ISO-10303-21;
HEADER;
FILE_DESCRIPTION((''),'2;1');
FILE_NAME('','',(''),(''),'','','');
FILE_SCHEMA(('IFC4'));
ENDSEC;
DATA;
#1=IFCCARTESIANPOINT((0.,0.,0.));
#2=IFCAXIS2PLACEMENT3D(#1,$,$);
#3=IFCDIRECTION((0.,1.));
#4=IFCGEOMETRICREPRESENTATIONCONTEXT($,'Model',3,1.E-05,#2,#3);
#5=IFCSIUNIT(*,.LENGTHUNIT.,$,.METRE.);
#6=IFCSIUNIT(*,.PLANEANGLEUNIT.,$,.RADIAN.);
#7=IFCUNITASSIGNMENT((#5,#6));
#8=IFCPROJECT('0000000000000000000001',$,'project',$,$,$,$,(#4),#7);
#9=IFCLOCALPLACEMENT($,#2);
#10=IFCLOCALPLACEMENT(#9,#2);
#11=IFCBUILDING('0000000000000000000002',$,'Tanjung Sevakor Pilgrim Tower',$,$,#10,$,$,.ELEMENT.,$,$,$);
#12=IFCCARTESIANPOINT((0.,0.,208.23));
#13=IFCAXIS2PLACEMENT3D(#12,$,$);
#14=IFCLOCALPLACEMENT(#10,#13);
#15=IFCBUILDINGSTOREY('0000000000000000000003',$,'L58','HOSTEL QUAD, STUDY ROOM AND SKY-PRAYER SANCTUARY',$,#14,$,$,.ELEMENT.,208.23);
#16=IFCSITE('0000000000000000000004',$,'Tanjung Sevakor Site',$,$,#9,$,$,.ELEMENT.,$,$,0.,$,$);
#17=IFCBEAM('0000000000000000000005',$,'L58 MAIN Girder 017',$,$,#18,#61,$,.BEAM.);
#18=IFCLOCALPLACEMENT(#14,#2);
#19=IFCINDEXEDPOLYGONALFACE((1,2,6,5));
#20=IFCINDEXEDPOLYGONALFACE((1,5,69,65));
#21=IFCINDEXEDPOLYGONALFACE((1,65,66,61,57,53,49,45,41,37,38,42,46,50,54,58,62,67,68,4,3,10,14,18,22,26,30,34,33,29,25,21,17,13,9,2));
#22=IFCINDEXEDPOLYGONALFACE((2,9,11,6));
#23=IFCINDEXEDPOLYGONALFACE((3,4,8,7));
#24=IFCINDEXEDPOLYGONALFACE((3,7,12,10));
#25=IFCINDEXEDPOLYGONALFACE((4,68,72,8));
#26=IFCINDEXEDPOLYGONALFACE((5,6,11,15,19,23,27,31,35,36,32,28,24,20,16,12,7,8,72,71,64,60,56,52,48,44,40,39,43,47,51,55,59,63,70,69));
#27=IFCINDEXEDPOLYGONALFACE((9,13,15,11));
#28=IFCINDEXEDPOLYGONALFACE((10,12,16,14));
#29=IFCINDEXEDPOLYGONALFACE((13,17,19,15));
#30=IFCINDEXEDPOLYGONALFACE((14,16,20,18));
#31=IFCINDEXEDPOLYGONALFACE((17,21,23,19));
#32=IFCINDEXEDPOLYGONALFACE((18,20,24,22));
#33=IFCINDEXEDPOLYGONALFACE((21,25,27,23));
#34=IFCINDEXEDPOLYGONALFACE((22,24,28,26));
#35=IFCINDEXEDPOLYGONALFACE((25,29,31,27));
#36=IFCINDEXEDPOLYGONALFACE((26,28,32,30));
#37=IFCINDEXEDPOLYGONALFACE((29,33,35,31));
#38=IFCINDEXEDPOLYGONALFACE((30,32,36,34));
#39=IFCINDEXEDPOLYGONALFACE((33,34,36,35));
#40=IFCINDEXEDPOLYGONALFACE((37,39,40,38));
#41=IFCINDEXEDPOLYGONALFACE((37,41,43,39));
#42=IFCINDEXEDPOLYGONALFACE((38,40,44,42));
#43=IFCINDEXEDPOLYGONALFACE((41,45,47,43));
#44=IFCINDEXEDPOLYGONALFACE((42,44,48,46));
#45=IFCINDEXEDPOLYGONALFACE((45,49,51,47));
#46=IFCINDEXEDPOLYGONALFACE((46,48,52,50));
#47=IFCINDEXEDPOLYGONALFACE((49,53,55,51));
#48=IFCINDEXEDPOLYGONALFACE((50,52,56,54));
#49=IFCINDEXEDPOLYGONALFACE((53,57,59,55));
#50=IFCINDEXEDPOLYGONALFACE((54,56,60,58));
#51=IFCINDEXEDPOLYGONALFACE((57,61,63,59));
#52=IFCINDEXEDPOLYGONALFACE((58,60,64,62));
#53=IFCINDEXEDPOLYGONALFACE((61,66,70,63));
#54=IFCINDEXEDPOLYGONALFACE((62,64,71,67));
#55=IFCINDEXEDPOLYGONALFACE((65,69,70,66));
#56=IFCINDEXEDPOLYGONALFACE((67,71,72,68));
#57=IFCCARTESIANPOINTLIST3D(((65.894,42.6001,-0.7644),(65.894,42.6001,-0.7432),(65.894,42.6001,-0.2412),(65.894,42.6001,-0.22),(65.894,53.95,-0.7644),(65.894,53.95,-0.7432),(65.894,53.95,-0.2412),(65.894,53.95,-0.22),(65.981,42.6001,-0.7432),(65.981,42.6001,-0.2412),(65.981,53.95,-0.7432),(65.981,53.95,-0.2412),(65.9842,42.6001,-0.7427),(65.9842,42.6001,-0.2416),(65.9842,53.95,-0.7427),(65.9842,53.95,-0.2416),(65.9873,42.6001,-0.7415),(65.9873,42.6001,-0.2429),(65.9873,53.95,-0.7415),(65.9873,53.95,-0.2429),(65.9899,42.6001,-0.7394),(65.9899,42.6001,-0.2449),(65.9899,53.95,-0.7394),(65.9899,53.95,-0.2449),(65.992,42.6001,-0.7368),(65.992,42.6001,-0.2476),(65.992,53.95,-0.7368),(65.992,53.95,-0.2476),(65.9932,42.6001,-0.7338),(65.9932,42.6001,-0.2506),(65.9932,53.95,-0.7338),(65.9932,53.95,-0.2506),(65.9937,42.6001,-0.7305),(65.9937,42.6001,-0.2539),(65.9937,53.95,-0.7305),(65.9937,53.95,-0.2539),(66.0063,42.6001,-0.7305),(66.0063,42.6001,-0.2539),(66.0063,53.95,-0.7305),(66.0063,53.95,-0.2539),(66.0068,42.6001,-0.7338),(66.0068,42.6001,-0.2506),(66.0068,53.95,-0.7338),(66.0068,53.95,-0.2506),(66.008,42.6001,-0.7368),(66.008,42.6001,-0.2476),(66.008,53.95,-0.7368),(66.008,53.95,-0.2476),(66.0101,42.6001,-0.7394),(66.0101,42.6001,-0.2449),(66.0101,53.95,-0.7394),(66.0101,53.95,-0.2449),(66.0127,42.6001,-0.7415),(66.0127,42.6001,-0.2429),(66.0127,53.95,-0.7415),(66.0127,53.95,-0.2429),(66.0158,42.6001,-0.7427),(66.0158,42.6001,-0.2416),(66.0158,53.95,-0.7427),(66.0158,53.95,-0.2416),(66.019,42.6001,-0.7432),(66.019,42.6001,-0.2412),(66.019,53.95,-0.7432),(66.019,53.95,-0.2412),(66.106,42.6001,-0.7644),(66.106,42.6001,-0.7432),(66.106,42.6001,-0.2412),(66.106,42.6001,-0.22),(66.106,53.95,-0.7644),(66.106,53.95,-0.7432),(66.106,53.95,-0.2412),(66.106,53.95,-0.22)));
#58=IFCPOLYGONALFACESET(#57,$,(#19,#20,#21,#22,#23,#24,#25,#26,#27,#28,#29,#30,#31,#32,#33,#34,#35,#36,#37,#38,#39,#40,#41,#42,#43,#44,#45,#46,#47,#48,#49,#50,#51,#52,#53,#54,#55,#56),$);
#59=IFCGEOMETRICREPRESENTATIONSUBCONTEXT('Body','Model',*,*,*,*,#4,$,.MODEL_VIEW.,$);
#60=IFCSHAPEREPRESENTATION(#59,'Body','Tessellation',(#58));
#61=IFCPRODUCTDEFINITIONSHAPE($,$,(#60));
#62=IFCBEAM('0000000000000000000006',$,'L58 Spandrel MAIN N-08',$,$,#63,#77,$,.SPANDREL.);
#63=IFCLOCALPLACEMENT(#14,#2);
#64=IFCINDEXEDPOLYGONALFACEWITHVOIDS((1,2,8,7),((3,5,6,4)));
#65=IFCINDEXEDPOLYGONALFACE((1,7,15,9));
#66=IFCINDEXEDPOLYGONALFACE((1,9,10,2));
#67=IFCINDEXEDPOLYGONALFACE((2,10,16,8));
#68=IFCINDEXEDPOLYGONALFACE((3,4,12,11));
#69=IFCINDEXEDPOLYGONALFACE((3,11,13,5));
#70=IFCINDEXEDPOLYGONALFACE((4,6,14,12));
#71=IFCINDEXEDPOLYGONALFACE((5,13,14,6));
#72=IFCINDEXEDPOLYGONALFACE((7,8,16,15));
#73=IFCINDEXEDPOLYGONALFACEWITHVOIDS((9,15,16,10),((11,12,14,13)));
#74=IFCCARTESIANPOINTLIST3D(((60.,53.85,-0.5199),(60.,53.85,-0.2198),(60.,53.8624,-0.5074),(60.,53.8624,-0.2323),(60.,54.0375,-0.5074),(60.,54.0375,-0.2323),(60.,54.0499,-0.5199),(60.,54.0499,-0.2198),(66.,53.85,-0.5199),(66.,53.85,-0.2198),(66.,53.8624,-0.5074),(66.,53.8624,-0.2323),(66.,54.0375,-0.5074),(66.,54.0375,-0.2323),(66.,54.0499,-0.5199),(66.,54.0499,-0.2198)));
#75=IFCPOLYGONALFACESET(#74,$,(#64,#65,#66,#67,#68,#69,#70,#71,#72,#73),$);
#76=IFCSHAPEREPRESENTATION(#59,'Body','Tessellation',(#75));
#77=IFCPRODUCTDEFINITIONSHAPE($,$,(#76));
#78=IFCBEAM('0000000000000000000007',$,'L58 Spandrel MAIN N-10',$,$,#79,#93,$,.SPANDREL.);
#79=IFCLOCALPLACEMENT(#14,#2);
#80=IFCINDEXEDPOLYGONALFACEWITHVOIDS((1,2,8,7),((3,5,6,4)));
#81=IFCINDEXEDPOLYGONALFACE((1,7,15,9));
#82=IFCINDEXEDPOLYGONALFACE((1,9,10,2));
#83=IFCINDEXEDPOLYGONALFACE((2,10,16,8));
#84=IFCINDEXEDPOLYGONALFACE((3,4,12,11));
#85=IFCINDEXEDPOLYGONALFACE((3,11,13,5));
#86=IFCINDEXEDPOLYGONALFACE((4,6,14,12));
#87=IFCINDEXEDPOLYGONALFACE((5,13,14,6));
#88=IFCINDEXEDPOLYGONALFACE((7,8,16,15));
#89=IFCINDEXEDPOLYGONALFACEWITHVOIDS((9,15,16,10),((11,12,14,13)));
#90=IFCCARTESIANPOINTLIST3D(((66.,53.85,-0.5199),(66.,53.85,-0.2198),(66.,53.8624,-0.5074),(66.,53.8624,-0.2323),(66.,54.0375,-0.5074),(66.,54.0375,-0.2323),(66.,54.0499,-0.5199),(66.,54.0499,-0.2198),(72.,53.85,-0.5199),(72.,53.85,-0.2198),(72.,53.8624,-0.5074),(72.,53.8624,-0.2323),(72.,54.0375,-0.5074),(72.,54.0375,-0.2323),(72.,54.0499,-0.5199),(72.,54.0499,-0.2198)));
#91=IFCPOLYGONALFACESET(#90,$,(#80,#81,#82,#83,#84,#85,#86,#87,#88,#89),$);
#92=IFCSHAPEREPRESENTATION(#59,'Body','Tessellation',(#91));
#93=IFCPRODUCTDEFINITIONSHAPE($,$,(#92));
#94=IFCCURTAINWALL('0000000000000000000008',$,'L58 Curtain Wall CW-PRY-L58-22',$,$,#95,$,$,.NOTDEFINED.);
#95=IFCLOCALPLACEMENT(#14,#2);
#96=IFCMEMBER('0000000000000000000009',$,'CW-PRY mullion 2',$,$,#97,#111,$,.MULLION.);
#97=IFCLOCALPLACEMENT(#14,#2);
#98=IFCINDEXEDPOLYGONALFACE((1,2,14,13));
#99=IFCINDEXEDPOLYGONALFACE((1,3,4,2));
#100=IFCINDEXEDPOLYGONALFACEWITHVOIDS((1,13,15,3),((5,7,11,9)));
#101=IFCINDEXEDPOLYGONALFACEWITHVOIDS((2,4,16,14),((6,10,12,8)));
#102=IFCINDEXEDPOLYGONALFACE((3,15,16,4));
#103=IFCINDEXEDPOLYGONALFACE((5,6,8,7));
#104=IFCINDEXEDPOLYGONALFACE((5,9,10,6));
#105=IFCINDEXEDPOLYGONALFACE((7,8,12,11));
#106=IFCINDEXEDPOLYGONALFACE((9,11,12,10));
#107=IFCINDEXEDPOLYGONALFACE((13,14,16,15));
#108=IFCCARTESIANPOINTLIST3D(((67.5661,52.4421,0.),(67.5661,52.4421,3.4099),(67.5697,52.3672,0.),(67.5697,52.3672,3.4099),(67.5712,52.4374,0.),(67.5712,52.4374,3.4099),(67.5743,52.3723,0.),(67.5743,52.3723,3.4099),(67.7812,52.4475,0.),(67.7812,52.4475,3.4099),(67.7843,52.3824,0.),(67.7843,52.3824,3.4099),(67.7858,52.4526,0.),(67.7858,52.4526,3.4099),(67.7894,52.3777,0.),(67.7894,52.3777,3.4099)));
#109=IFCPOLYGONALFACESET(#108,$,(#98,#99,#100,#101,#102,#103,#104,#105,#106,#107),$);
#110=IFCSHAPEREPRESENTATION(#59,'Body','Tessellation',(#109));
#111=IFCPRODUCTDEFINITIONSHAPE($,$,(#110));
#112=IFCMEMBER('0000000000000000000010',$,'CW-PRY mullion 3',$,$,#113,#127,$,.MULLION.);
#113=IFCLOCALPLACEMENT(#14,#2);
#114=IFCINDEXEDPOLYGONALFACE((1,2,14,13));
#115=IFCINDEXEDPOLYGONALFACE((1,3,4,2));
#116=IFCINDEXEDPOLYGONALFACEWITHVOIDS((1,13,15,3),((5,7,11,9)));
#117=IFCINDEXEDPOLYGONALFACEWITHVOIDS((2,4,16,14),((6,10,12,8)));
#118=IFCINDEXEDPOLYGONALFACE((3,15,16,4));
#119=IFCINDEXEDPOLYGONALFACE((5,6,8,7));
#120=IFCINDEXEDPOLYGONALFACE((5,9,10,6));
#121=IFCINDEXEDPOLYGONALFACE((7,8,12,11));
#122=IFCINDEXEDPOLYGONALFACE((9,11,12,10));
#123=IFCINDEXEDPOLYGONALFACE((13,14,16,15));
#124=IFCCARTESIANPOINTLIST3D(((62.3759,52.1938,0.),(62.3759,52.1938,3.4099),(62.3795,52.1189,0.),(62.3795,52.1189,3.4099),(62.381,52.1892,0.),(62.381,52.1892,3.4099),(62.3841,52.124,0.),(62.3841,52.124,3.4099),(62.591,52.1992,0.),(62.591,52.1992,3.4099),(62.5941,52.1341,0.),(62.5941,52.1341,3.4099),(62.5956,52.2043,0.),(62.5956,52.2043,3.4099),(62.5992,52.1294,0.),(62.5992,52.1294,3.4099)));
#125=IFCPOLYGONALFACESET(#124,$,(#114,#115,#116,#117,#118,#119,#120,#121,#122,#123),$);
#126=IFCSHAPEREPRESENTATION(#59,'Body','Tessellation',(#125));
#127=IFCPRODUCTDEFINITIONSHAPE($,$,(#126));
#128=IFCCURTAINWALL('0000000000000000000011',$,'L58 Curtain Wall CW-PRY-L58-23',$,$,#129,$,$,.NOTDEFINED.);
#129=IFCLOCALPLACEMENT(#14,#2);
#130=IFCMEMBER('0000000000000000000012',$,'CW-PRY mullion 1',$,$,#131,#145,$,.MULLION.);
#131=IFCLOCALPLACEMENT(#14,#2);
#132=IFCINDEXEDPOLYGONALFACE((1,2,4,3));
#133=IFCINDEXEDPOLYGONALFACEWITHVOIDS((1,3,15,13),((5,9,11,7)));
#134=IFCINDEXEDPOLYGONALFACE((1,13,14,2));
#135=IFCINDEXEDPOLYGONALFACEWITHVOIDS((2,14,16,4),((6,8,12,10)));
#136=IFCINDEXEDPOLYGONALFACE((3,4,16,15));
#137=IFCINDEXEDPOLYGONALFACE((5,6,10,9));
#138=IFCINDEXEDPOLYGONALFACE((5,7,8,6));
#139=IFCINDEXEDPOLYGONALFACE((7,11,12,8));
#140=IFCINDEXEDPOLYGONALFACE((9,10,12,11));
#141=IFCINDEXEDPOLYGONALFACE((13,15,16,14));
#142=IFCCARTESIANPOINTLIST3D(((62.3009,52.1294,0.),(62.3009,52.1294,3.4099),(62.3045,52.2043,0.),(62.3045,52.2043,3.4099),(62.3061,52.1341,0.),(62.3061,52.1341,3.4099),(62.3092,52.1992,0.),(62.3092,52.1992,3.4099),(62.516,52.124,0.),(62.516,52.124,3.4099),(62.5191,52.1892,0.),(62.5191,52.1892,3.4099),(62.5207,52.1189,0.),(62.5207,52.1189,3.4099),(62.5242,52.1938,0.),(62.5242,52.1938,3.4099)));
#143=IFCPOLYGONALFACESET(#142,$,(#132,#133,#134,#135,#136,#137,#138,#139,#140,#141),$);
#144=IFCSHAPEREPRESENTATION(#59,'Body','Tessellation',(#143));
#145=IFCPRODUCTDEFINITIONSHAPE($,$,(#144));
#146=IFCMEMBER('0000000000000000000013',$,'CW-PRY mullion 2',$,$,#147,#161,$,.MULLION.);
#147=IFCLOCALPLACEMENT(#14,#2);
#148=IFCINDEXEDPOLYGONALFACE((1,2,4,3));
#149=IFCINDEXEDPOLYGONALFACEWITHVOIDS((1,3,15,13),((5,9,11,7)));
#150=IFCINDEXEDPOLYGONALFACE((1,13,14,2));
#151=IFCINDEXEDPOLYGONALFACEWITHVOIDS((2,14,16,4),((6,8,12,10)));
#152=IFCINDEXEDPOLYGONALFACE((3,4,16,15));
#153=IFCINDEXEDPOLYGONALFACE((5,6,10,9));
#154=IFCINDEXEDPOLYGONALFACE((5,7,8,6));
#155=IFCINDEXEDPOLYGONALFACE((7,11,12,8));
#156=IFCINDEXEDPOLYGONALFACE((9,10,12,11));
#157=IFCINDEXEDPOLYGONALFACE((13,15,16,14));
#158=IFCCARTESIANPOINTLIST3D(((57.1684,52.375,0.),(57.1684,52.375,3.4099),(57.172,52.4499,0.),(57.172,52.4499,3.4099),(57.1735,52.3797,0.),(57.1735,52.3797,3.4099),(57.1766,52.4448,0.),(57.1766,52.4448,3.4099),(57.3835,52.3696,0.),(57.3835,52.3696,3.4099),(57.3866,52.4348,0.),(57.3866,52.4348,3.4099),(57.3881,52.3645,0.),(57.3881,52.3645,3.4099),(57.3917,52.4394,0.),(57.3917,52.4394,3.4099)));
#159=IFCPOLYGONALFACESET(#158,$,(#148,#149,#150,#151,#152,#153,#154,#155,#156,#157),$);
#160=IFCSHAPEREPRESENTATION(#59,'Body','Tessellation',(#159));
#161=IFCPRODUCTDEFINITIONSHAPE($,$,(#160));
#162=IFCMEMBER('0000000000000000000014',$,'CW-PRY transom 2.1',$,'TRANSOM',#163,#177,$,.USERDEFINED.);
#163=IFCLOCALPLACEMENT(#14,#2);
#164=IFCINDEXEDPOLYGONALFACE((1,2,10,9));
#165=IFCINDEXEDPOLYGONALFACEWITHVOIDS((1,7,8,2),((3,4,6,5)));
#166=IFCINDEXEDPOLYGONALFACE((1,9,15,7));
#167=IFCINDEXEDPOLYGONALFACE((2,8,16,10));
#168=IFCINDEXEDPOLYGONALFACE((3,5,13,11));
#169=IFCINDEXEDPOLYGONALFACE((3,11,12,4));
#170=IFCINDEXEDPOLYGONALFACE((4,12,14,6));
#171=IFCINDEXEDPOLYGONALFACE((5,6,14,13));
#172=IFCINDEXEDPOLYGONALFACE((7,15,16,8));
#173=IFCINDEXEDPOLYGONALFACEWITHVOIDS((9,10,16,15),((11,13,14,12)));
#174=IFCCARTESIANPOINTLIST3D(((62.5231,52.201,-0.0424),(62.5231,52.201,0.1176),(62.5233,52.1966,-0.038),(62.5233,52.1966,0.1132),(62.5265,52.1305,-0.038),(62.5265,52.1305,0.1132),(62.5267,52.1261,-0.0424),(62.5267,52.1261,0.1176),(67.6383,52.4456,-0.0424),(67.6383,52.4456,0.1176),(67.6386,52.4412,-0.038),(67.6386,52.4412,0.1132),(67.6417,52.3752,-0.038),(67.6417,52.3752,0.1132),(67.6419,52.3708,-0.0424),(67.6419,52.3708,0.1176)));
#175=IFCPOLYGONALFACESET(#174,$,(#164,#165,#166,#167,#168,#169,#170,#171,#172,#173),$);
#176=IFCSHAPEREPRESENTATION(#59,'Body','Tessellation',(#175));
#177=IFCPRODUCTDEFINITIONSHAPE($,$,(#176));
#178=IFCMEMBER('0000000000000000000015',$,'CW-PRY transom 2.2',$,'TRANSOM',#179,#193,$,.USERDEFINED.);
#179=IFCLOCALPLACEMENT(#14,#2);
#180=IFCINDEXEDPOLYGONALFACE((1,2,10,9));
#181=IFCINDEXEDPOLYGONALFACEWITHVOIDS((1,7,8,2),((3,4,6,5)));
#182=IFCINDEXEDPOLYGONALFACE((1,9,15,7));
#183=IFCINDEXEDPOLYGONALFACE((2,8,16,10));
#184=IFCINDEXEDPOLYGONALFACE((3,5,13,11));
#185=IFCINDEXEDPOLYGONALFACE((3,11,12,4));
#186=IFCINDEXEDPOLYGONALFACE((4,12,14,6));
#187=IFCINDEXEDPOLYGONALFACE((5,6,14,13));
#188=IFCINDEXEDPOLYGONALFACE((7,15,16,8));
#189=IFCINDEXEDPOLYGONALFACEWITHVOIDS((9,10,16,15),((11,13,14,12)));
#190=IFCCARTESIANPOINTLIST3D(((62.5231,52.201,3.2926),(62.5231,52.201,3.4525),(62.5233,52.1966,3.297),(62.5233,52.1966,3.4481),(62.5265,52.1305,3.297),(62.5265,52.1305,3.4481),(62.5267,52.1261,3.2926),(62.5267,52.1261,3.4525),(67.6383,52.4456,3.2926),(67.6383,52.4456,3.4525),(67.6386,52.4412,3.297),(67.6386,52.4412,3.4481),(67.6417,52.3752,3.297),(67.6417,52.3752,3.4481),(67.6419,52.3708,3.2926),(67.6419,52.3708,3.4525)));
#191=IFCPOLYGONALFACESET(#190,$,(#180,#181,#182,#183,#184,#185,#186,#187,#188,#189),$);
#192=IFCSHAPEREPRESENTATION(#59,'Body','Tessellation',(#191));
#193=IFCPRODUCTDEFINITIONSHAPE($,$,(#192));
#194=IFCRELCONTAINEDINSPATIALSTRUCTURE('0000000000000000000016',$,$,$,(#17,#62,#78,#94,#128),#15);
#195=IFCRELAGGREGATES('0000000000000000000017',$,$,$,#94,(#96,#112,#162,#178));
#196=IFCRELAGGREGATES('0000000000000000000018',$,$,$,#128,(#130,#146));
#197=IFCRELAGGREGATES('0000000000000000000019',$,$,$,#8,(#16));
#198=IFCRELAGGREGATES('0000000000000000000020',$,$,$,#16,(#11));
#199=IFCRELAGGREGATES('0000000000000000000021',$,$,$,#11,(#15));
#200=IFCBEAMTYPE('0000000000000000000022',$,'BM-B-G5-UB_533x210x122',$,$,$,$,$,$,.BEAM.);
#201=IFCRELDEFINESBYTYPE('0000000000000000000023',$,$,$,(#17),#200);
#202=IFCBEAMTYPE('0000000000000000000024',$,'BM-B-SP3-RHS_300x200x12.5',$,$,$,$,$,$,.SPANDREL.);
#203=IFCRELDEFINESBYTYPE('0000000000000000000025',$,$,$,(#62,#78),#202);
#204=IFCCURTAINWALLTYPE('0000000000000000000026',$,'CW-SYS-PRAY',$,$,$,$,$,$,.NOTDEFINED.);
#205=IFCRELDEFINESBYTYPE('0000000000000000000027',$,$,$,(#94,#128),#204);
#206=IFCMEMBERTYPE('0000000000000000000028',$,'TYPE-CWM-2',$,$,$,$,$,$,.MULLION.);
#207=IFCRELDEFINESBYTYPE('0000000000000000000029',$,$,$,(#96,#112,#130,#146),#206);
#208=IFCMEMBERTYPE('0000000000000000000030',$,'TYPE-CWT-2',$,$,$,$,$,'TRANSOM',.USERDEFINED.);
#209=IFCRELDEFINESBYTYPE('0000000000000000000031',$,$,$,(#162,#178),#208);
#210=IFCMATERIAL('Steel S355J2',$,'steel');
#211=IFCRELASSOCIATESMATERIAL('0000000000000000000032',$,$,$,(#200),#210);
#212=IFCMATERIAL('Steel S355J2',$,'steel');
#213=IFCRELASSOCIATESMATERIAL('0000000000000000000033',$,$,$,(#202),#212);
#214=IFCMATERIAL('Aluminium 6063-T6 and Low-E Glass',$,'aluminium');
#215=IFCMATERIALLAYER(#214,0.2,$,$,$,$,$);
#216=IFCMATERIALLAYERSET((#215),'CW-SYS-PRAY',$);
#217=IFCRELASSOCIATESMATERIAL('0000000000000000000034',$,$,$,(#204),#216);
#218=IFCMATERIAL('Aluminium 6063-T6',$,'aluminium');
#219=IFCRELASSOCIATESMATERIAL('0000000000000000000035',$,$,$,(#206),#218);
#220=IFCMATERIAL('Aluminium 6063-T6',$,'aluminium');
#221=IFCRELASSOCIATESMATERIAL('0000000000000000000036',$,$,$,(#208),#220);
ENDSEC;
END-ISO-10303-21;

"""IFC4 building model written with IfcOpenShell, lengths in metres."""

from ifc_helpers import new_model, si_unit, direction, frame, origin, origin_2d, place, context, subcontext, project, spatial, hollow_rectangle, i_section, extrude, material, layer, layer_set, material_profile, profile_set, type_object, element, aggregate, save


model = new_model("IFC4")

# Units and contexts
model_context = context("Model", 3, precision=1e-05, world=origin(), true_north=direction((0.0, 1.0)))
body_context = subcontext(model_context, "Body", "Model", "MODEL_VIEW")
ifc_project = project(units=[si_unit("LENGTHUNIT", "METRE"), si_unit("PLANEANGLEUNIT", "RADIAN")], contexts=[model_context])

# Site, building, storey
site_placement = place(None, origin())
site = spatial("IfcSite", under=ifc_project, at=site_placement, Name="Tanjung Sevakor Site", CompositionType="ELEMENT", RefElevation=0.0)
building_placement = place(site_placement, origin())
building = spatial("IfcBuilding", under=site, at=building_placement, Name="Tanjung Sevakor Pilgrim Tower", CompositionType="ELEMENT")
storey_placement = place(building_placement, frame((0.0, 0.0, 208.23)))
storey = spatial("IfcBuildingStorey", under=building, at=storey_placement, Name="L58", Description="HOSTEL QUAD, STUDY ROOM AND SKY-PRAYER SANCTUARY", CompositionType="ELEMENT", Elevation=208.23)

# Beams
ifc_material_1 = material(Name="Steel S355J2", Category="steel")
ifc_material_profile_1 = material_profile(ifc_material_1, i_section(OverallWidth=0.2119, OverallDepth=0.5444, WebThickness=0.0127, FlangeThickness=0.0212, FilletRadius=0.0127, at=origin_2d()))
ifc_profile_set_1 = profile_set([ifc_material_profile_1], Name="Steel S355J2")
beam_type_1 = type_object("IfcBeamType", Name="BM-B-G5-UB_533x210x122", PredefinedType="BEAM", material=ifc_profile_set_1)
for number, where, z_axis, x_axis, name in (
    (1, (66.0, 42.6001, -0.4922), (0.0, 1.0, 0.0), (-1.0, 0.0, 0.0), "L58 MAIN Girder 017"),
):
    element("IfcBeam", number, at=place(storey_placement, frame(where, z_axis=z_axis, x_axis=x_axis)), inside=storey, type_object=beam_type_1, Name=name, PredefinedType="BEAM", context=body_context, shape_type="SweptSolid", body=[
        extrude(i_section(OverallWidth=0.2119, OverallDepth=0.5444, WebThickness=0.0127, FlangeThickness=0.0212, FilletRadius=0.0127, at=origin_2d()), origin(), (0.0, 0.0, 1.0), 11.3499),
    ])
ifc_material_2 = material(Name="Steel S355J2", Category="steel")
ifc_material_profile_2 = material_profile(ifc_material_2, hollow_rectangle(XDim=0.2, YDim=0.3, WallThickness=0.0125, at=origin_2d()))
ifc_profile_set_2 = profile_set([ifc_material_profile_2], Name="Steel S355J2")
beam_type_2 = type_object("IfcBeamType", Name="BM-B-SP3-RHS_300x200x12.5", PredefinedType="SPANDREL", material=ifc_profile_set_2)
for number, where, z_axis, x_axis, name in (
    (2, (60.0, 53.95, -0.3699), (1.0, 0.0, 0.0), (0.0, 1.0, 0.0), "L58 Spandrel MAIN N-08"),
    (3, (66.0, 53.95, -0.3699), (1.0, 0.0, 0.0), (0.0, 1.0, 0.0), "L58 Spandrel MAIN N-10"),
):
    element("IfcBeam", number, at=place(storey_placement, frame(where, z_axis=z_axis, x_axis=x_axis)), inside=storey, type_object=beam_type_2, Name=name, PredefinedType="SPANDREL", context=body_context, shape_type="SweptSolid", body=[
        extrude(hollow_rectangle(XDim=0.2, YDim=0.3, WallThickness=0.0125, at=origin_2d()), origin(), (0.0, 0.0, 1.0), 6.0),
    ])

# Curtain walls, members
ifc_material_3 = material(Name="Aluminium 6063-T6 and Low-E Glass", Category="aluminium")
ifc_layer_1 = layer(ifc_material_3, 0.2)
ifc_layer_set_1 = layer_set([ifc_layer_1], Name="CW-SYS-PRAY")
curtain_wall_type = type_object("IfcCurtainWallType", Name="CW-SYS-PRAY", PredefinedType="NOTDEFINED", material=ifc_layer_set_1)
curtain_wall_1_placement = place(storey_placement, origin())
curtain_wall_1 = element("IfcCurtainWall", 4, at=curtain_wall_1_placement, inside=storey, type_object=curtain_wall_type, Name="L58 Curtain Wall CW-PRY-L58-22", PredefinedType="NOTDEFINED")
ifc_material_4 = material(Name="Aluminium 6063-T6", Category="aluminium")
ifc_material_profile_3 = material_profile(ifc_material_4, hollow_rectangle(XDim=0.075, YDim=0.22, WallThickness=0.0049, at=origin_2d()))
ifc_profile_set_3 = profile_set([ifc_material_profile_3], Name="Aluminium 6063-T6")
member_type_1 = type_object("IfcMemberType", Name="TYPE-CWM-2", PredefinedType="MULLION", material=ifc_profile_set_3)
member_1_placement = place(storey_placement, frame((67.6777, 52.4099, 0.0), z_axis=(0.0, 0.0, 1.0), x_axis=(0.047787, -0.998858, 0.0)))
member_1 = element("IfcMember", 5, at=member_1_placement, type_object=member_type_1, Name="CW-PRY mullion 2", PredefinedType="MULLION", context=body_context, shape_type="SweptSolid", body=[
    extrude(hollow_rectangle(XDim=0.075, YDim=0.22, WallThickness=0.0049, at=origin_2d()), origin(), (0.0, 0.0, 1.0), 3.4099),
])
member_2_placement = place(storey_placement, frame((62.4875, 52.1616, 0.0), z_axis=(0.0, 0.0, 1.0), x_axis=(0.047787, -0.998858, 0.0)))
member_2 = element("IfcMember", 6, at=member_2_placement, type_object=member_type_1, Name="CW-PRY mullion 3", PredefinedType="MULLION", context=body_context, shape_type="SweptSolid", body=[
    extrude(hollow_rectangle(XDim=0.075, YDim=0.22, WallThickness=0.0049, at=origin_2d()), origin(), (0.0, 0.0, 1.0), 3.4099),
])
curtain_wall_2_placement = place(storey_placement, origin())
curtain_wall_2 = element("IfcCurtainWall", 7, at=curtain_wall_2_placement, inside=storey, type_object=curtain_wall_type, Name="L58 Curtain Wall CW-PRY-L58-23", PredefinedType="NOTDEFINED")
member_3_placement = place(storey_placement, frame((62.4126, 52.1616, 0.0), z_axis=(0.0, 0.0, 1.0), x_axis=(-0.047789, -0.998857, 0.0)))
member_3 = element("IfcMember", 8, at=member_3_placement, type_object=member_type_1, Name="CW-PRY mullion 1", PredefinedType="MULLION", context=body_context, shape_type="SweptSolid", body=[
    extrude(hollow_rectangle(XDim=0.075, YDim=0.22, WallThickness=0.0049, at=origin_2d()), origin(), (0.0, 0.0, 1.0), 3.4099),
])
member_4_placement = place(storey_placement, frame((57.28, 52.4072, 0.0), z_axis=(0.0, 0.0, 1.0), x_axis=(-0.047789, -0.998857, 0.0)))
member_4 = element("IfcMember", 9, at=member_4_placement, type_object=member_type_1, Name="CW-PRY mullion 2", PredefinedType="MULLION", context=body_context, shape_type="SweptSolid", body=[
    extrude(hollow_rectangle(XDim=0.075, YDim=0.22, WallThickness=0.0049, at=origin_2d()), origin(), (0.0, 0.0, 1.0), 3.4099),
])

# Members
ifc_material_5 = material(Name="Aluminium 6063-T6", Category="aluminium")
ifc_material_profile_4 = material_profile(ifc_material_5, hollow_rectangle(XDim=0.075, YDim=0.1599, WallThickness=0.0044, at=origin_2d()))
ifc_profile_set_4 = profile_set([ifc_material_profile_4], Name="Aluminium 6063-T6")
member_type_2 = type_object("IfcMemberType", Name="TYPE-CWT-2", ElementType="TRANSOM", PredefinedType="USERDEFINED", material=ifc_profile_set_4)
member_5_placement = place(storey_placement, frame((67.6401, 52.4082, 0.0376), z_axis=(-0.998858, -0.047769, 0.0), x_axis=(0.047769, -0.998858, 0.0)))
member_5 = element("IfcMember", 10, at=member_5_placement, type_object=member_type_2, Name="CW-PRY transom 2.1", ObjectType="TRANSOM", PredefinedType="USERDEFINED", context=body_context, shape_type="SweptSolid", body=[
    extrude(hollow_rectangle(XDim=0.075, YDim=0.1599, WallThickness=0.0044, at=origin_2d()), origin(), (0.0, 0.0, 1.0), 5.1211),
])
member_6_placement = place(storey_placement, frame((67.6401, 52.4082, 3.3726), z_axis=(-0.998858, -0.047769, 0.0), x_axis=(0.047769, -0.998858, 0.0)))
member_6 = element("IfcMember", 11, at=member_6_placement, type_object=member_type_2, Name="CW-PRY transom 2.2", ObjectType="TRANSOM", PredefinedType="USERDEFINED", context=body_context, shape_type="SweptSolid", body=[
    extrude(hollow_rectangle(XDim=0.075, YDim=0.1599, WallThickness=0.0044, at=origin_2d()), origin(), (0.0, 0.0, 1.0), 5.1211),
])

aggregate(curtain_wall_1, [member_1, member_2, member_5, member_6])
aggregate(curtain_wall_2, [member_3, member_4])

save(model, "model.ifc")
